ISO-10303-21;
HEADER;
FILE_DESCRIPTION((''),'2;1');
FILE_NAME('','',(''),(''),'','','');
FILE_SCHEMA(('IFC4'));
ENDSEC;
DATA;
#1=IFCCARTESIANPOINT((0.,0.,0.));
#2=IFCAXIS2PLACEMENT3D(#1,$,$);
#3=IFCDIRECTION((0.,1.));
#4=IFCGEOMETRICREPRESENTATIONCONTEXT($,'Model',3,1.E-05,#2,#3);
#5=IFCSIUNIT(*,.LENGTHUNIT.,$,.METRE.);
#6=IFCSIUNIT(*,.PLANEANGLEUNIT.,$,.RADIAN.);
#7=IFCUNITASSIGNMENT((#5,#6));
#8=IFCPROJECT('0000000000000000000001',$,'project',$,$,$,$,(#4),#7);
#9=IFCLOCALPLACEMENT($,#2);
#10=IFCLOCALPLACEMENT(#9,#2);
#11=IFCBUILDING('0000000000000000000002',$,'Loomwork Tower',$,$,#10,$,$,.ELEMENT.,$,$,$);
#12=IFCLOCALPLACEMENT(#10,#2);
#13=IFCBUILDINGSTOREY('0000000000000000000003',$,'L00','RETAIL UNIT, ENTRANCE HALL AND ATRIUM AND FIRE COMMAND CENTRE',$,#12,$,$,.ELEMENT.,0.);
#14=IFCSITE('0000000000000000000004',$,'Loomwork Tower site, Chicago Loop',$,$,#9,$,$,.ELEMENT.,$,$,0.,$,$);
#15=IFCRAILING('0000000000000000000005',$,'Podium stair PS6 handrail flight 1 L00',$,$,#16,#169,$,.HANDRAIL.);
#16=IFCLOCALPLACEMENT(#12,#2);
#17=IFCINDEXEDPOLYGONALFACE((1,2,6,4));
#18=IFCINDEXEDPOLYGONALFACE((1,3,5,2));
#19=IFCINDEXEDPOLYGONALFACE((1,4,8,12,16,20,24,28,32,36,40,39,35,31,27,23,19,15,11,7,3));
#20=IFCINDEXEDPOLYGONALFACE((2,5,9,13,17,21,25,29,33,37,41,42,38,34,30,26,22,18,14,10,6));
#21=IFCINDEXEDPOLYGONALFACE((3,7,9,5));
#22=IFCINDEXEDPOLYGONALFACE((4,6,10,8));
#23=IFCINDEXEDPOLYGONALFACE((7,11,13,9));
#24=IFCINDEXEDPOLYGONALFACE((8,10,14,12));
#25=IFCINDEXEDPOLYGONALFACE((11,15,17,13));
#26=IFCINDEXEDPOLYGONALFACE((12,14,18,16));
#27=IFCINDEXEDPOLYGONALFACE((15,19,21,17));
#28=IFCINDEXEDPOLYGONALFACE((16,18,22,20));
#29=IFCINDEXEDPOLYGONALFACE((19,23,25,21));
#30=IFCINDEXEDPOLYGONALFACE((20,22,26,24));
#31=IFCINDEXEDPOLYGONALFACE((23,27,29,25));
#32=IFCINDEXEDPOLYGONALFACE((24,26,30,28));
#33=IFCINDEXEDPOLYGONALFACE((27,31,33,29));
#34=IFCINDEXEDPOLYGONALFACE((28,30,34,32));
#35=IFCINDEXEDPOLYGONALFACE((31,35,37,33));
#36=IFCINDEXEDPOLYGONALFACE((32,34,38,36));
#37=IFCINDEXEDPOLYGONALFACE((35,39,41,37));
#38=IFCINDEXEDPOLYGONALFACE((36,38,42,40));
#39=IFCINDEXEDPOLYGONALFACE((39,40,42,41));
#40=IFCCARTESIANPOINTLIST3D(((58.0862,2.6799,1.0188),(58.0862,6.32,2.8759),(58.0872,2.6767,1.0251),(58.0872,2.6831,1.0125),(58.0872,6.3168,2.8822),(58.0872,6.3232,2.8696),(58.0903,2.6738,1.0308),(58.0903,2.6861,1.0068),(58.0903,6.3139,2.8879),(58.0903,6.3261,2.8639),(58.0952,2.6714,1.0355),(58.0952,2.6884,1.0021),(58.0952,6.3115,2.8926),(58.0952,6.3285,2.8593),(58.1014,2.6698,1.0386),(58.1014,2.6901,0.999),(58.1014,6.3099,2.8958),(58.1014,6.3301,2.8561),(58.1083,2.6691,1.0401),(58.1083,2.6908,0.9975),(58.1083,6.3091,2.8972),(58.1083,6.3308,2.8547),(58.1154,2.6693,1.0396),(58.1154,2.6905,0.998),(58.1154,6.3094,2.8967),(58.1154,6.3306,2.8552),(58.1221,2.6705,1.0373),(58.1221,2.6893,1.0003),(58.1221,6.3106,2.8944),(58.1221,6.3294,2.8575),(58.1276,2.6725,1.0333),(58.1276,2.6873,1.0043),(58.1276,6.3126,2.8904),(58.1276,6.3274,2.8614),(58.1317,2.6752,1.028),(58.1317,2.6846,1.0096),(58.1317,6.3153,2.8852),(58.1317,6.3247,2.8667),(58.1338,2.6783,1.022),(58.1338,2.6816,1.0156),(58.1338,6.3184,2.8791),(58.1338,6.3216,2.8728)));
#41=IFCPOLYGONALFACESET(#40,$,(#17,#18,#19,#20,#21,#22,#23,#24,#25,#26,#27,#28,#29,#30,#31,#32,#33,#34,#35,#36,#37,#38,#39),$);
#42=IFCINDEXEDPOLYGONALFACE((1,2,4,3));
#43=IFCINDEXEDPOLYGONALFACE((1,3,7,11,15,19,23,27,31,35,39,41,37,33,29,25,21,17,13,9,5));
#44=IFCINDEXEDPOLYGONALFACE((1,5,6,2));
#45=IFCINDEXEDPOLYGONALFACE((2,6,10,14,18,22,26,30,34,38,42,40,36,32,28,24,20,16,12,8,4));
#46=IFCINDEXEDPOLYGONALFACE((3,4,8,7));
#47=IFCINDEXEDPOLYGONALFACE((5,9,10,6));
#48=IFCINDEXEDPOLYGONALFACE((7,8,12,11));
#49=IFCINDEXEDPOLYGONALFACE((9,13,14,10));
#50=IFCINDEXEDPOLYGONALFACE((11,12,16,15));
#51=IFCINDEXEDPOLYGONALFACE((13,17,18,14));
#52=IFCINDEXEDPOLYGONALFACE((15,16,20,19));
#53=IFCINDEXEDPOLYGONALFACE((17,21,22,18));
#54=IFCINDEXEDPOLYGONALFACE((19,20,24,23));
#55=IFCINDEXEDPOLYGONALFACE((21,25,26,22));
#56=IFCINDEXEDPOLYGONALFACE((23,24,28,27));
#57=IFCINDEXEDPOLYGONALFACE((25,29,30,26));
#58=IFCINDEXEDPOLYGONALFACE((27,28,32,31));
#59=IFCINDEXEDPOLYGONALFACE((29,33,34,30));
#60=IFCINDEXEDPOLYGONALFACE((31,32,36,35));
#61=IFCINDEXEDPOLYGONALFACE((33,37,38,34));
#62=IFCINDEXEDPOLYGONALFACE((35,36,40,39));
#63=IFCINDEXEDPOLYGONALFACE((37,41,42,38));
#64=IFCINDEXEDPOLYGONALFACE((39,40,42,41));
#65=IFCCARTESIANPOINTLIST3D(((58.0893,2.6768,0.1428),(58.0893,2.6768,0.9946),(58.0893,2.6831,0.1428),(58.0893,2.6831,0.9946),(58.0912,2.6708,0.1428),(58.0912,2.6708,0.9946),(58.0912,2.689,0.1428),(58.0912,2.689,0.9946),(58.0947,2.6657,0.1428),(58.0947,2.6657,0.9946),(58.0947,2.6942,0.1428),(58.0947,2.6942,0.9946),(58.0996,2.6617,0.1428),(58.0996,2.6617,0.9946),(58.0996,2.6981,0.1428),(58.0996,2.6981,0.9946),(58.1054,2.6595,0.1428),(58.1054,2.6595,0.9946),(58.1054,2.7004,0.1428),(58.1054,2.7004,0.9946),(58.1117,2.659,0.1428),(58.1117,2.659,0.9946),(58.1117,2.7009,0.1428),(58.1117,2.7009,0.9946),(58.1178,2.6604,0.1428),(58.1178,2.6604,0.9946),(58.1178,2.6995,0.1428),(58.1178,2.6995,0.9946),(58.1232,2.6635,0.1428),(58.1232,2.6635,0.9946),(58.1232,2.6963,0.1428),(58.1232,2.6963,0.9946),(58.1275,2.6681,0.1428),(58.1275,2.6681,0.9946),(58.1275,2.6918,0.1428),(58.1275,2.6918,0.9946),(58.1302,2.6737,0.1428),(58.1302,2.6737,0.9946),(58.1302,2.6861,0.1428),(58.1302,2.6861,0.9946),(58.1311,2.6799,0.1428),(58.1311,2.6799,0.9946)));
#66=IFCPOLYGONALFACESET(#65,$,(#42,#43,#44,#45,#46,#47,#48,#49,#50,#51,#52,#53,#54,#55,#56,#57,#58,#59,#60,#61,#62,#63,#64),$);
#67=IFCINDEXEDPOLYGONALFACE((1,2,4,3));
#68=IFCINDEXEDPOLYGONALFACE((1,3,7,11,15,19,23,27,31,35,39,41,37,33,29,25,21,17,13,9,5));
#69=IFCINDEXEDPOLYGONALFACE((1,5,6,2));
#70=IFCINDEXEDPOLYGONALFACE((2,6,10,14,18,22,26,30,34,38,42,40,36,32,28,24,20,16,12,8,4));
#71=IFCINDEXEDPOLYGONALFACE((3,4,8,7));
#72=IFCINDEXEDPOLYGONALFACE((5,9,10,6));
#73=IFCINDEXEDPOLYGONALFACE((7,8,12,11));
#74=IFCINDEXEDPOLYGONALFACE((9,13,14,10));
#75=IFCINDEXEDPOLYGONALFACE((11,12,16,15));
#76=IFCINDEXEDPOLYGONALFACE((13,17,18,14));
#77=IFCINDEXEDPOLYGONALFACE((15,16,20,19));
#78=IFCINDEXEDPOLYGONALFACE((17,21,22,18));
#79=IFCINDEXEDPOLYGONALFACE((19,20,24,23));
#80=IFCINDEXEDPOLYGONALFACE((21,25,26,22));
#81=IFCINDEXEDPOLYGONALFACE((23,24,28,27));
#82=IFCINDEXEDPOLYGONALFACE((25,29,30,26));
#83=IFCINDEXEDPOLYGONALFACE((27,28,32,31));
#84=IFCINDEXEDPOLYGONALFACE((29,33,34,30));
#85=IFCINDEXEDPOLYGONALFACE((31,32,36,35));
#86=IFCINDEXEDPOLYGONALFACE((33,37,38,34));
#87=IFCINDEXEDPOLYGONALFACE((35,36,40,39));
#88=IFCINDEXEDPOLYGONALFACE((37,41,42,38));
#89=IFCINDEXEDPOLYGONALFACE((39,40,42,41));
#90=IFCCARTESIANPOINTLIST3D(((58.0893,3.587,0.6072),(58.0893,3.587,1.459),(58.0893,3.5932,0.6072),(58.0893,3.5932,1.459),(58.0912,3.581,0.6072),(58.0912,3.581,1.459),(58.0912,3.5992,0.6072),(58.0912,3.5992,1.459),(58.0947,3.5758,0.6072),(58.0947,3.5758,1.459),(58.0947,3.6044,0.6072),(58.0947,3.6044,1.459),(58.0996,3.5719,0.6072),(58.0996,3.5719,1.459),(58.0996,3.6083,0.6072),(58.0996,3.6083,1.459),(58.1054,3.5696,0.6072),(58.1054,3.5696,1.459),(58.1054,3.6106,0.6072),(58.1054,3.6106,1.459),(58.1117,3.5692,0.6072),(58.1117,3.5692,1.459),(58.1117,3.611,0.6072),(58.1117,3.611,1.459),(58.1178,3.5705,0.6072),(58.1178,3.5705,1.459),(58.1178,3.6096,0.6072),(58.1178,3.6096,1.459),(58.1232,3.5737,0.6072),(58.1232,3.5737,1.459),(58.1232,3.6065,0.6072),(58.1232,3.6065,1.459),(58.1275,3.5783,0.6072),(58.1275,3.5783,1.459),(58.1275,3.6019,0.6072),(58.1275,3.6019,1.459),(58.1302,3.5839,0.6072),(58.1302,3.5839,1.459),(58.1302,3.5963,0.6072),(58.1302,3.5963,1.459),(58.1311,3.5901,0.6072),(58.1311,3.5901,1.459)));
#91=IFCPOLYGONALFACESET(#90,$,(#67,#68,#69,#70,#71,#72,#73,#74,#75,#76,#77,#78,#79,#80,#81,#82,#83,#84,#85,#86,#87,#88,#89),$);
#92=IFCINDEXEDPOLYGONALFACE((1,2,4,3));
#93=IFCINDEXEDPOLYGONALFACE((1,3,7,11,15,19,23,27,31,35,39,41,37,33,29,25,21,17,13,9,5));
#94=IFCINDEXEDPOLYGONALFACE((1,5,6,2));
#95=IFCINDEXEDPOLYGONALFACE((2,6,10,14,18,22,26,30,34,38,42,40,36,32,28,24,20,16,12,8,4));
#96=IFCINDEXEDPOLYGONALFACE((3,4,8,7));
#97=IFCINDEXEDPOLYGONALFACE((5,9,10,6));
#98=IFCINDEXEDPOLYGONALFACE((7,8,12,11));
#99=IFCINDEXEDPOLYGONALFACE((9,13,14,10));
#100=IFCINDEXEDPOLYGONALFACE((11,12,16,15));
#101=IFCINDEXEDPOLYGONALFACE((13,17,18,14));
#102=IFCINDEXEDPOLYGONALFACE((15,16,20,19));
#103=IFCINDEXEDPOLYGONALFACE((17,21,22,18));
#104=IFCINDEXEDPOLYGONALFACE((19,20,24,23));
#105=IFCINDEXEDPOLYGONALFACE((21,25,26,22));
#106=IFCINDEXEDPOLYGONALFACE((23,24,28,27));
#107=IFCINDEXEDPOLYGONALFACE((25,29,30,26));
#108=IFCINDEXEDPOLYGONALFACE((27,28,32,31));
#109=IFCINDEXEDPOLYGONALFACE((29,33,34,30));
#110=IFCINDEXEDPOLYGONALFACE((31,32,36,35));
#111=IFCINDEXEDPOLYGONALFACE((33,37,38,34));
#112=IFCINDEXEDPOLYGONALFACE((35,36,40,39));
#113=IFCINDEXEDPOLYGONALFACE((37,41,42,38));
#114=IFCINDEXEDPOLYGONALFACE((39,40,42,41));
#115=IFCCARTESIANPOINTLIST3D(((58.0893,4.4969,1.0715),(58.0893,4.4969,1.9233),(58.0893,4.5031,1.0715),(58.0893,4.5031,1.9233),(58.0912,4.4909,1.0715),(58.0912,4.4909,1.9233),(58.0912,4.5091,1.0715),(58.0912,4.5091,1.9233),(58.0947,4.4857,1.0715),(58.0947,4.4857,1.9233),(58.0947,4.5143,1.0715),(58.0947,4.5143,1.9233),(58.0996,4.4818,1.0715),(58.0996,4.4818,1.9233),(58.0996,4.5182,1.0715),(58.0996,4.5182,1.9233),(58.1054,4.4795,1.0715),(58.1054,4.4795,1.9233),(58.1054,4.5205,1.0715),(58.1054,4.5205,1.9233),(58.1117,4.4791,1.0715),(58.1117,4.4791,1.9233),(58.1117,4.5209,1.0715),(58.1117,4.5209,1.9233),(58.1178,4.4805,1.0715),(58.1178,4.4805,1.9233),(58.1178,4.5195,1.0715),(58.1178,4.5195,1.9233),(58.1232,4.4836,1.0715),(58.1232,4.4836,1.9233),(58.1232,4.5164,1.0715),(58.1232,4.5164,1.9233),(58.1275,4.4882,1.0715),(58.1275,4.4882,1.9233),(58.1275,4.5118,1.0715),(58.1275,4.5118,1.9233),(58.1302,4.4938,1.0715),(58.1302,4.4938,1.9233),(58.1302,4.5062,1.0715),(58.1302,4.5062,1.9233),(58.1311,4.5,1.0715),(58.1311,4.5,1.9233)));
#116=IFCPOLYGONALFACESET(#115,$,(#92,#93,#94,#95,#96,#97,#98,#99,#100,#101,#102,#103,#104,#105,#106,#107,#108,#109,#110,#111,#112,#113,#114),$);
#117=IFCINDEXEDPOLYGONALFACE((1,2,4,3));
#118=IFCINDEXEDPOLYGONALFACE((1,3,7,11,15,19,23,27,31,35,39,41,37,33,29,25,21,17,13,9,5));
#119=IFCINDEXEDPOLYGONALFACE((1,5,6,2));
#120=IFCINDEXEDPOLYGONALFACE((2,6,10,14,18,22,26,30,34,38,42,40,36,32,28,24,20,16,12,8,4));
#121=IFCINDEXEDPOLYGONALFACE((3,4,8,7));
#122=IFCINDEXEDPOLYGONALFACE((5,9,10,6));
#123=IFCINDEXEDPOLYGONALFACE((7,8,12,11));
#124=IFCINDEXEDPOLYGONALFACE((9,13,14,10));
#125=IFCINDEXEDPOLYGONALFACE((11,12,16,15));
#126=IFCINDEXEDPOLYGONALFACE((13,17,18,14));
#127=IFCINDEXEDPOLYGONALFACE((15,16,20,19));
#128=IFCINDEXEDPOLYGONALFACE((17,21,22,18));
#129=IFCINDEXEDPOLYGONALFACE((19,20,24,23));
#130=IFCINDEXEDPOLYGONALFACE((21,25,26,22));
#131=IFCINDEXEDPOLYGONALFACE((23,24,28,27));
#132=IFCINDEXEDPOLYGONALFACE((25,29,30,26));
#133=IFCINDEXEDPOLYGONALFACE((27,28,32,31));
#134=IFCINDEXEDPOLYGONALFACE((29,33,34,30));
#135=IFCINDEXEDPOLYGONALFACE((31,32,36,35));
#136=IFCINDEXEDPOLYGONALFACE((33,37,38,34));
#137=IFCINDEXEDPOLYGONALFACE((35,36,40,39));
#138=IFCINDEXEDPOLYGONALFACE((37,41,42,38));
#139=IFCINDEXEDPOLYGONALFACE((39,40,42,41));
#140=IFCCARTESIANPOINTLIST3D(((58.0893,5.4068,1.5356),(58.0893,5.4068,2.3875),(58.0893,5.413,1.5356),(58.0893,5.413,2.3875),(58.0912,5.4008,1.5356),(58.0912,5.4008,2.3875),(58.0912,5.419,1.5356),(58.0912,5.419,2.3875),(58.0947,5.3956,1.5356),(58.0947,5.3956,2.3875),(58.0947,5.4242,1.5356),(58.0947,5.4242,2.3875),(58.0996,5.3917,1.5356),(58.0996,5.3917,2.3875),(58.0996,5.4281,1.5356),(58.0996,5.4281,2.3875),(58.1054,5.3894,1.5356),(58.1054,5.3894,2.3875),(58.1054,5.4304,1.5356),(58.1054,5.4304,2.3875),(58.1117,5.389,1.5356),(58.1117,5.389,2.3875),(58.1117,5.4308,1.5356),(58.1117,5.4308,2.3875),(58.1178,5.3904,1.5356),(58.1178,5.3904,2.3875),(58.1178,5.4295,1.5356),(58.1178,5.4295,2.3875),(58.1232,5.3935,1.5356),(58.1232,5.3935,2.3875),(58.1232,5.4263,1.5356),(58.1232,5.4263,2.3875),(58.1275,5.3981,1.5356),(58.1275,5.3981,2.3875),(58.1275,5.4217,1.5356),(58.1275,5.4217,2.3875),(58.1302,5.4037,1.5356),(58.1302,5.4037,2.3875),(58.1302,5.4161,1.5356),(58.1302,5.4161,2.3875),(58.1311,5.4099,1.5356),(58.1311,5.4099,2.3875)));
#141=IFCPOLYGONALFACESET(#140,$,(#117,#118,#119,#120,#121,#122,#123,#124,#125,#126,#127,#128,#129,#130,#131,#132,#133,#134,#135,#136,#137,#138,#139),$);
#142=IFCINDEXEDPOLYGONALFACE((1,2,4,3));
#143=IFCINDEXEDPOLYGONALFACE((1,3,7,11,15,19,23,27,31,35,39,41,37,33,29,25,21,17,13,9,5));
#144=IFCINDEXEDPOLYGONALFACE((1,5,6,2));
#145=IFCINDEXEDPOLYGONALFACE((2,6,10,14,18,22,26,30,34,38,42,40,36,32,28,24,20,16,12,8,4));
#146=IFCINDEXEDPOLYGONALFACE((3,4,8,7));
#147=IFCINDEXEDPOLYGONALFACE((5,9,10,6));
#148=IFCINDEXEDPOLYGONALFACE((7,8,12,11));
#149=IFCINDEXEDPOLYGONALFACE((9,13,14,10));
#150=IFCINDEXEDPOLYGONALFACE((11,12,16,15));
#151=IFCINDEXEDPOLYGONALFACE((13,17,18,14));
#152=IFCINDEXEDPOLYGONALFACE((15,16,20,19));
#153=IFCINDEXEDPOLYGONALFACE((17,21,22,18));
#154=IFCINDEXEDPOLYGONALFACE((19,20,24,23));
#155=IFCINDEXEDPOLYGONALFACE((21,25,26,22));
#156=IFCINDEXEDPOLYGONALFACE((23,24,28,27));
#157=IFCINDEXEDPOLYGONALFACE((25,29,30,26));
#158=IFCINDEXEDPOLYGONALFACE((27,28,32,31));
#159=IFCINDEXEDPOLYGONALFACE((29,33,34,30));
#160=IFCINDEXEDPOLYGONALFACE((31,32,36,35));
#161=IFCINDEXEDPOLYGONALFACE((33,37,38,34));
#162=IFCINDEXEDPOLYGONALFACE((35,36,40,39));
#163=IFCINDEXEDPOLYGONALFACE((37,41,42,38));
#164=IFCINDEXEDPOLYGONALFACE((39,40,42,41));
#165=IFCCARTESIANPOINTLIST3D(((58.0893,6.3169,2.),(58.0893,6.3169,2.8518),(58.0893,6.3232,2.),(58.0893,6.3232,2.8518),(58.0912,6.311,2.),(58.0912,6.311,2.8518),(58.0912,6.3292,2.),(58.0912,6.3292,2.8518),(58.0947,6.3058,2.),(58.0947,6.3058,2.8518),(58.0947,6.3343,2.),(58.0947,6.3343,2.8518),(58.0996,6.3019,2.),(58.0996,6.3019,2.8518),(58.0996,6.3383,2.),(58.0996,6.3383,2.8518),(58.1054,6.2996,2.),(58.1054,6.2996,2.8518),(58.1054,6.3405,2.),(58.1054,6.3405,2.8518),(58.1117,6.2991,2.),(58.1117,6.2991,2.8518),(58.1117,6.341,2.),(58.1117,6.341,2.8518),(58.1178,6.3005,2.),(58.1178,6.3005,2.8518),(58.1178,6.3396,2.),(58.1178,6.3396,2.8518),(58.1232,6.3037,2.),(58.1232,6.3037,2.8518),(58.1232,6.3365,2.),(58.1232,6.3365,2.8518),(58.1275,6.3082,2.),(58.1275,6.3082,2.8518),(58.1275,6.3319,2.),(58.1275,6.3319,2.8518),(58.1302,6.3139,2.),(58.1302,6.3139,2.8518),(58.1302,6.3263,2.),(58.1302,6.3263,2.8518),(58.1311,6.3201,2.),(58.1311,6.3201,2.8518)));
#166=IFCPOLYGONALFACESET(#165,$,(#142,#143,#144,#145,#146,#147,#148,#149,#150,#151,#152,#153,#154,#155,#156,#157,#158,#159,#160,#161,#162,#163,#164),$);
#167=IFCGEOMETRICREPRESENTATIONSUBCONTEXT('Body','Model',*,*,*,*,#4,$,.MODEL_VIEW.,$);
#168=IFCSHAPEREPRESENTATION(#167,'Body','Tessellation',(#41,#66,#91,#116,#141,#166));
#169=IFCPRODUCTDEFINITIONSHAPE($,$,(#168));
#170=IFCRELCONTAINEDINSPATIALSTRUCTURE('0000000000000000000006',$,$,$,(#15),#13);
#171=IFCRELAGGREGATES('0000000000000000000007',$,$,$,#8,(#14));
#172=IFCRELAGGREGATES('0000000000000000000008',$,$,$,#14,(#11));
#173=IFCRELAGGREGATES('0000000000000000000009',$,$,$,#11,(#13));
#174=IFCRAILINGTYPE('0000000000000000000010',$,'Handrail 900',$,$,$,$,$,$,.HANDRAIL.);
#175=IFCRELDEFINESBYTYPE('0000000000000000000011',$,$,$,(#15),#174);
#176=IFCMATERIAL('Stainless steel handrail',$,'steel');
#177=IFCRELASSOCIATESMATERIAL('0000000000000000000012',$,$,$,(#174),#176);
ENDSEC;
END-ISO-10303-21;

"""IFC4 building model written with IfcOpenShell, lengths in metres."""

from ifc_helpers import new_model, si_unit, direction, frame, origin, origin_2d, place, context, subcontext, project, spatial, circle, extrude, material, type_object, element, save


model = new_model("IFC4")

# Units and contexts
model_context = context("Model", 3, precision=1e-05, world=origin(), true_north=direction((0.0, 1.0)))
body_context = subcontext(model_context, "Body", "Model", "MODEL_VIEW")
ifc_project = project(units=[si_unit("LENGTHUNIT", "METRE"), si_unit("PLANEANGLEUNIT", "RADIAN")], contexts=[model_context])

# Site, building, storey
site_placement = place(None, origin())
site = spatial("IfcSite", under=ifc_project, at=site_placement, Name="Loomwork Tower site, Chicago Loop", CompositionType="ELEMENT", RefElevation=0.0)
building_placement = place(site_placement, origin())
building = spatial("IfcBuilding", under=site, at=building_placement, Name="Loomwork Tower", CompositionType="ELEMENT")
storey_placement = place(building_placement, origin())
storey = spatial("IfcBuildingStorey", under=building, at=storey_placement, Name="L00", Description="RETAIL UNIT, ENTRANCE HALL AND ATRIUM AND FIRE COMMAND CENTRE", CompositionType="ELEMENT", Elevation=0.0)

# Railing
ifc_material_1 = material(Name="Stainless steel handrail", Category="steel")
railing_type = type_object("IfcRailingType", Name="Handrail 900", PredefinedType="HANDRAIL", material=ifc_material_1)
railing_1_placement = place(storey_placement, frame((58.1101, 2.6799, 0.1428)))
element("IfcRailing", 1, at=railing_1_placement, inside=storey, type_object=railing_type, Name="Podium stair PS6 handrail flight 1 L00", PredefinedType="HANDRAIL", context=body_context, shape_type="SweptSolid", body=[
    extrude(circle(Radius=0.0239, at=origin_2d()), frame((0.0, 0.0, 0.876), z_axis=(0.0, 0.890765, 0.454464), x_axis=(-1.0, 0.0, 0.0)), (0.0, 0.0, 1.0), 4.0864),
    extrude(circle(Radius=0.021, at=origin_2d()), origin(), (0.0, 0.0, 1.0), 0.8518),
    extrude(circle(Radius=0.021, at=origin_2d()), frame((0.0, 0.9102, 0.4644)), (0.0, 0.0, 1.0), 0.8518),
    extrude(circle(Radius=0.021, at=origin_2d()), frame((0.0, 1.8201, 0.9287)), (0.0, 0.0, 1.0), 0.8518),
    extrude(circle(Radius=0.021, at=origin_2d()), frame((0.0, 2.73, 1.3928)), (0.0, 0.0, 1.0), 0.8518),
    extrude(circle(Radius=0.021, at=origin_2d()), frame((0.0, 3.6401, 1.8572)), (0.0, 0.0, 1.0), 0.8518),
])

save(model, "model.ifc")
